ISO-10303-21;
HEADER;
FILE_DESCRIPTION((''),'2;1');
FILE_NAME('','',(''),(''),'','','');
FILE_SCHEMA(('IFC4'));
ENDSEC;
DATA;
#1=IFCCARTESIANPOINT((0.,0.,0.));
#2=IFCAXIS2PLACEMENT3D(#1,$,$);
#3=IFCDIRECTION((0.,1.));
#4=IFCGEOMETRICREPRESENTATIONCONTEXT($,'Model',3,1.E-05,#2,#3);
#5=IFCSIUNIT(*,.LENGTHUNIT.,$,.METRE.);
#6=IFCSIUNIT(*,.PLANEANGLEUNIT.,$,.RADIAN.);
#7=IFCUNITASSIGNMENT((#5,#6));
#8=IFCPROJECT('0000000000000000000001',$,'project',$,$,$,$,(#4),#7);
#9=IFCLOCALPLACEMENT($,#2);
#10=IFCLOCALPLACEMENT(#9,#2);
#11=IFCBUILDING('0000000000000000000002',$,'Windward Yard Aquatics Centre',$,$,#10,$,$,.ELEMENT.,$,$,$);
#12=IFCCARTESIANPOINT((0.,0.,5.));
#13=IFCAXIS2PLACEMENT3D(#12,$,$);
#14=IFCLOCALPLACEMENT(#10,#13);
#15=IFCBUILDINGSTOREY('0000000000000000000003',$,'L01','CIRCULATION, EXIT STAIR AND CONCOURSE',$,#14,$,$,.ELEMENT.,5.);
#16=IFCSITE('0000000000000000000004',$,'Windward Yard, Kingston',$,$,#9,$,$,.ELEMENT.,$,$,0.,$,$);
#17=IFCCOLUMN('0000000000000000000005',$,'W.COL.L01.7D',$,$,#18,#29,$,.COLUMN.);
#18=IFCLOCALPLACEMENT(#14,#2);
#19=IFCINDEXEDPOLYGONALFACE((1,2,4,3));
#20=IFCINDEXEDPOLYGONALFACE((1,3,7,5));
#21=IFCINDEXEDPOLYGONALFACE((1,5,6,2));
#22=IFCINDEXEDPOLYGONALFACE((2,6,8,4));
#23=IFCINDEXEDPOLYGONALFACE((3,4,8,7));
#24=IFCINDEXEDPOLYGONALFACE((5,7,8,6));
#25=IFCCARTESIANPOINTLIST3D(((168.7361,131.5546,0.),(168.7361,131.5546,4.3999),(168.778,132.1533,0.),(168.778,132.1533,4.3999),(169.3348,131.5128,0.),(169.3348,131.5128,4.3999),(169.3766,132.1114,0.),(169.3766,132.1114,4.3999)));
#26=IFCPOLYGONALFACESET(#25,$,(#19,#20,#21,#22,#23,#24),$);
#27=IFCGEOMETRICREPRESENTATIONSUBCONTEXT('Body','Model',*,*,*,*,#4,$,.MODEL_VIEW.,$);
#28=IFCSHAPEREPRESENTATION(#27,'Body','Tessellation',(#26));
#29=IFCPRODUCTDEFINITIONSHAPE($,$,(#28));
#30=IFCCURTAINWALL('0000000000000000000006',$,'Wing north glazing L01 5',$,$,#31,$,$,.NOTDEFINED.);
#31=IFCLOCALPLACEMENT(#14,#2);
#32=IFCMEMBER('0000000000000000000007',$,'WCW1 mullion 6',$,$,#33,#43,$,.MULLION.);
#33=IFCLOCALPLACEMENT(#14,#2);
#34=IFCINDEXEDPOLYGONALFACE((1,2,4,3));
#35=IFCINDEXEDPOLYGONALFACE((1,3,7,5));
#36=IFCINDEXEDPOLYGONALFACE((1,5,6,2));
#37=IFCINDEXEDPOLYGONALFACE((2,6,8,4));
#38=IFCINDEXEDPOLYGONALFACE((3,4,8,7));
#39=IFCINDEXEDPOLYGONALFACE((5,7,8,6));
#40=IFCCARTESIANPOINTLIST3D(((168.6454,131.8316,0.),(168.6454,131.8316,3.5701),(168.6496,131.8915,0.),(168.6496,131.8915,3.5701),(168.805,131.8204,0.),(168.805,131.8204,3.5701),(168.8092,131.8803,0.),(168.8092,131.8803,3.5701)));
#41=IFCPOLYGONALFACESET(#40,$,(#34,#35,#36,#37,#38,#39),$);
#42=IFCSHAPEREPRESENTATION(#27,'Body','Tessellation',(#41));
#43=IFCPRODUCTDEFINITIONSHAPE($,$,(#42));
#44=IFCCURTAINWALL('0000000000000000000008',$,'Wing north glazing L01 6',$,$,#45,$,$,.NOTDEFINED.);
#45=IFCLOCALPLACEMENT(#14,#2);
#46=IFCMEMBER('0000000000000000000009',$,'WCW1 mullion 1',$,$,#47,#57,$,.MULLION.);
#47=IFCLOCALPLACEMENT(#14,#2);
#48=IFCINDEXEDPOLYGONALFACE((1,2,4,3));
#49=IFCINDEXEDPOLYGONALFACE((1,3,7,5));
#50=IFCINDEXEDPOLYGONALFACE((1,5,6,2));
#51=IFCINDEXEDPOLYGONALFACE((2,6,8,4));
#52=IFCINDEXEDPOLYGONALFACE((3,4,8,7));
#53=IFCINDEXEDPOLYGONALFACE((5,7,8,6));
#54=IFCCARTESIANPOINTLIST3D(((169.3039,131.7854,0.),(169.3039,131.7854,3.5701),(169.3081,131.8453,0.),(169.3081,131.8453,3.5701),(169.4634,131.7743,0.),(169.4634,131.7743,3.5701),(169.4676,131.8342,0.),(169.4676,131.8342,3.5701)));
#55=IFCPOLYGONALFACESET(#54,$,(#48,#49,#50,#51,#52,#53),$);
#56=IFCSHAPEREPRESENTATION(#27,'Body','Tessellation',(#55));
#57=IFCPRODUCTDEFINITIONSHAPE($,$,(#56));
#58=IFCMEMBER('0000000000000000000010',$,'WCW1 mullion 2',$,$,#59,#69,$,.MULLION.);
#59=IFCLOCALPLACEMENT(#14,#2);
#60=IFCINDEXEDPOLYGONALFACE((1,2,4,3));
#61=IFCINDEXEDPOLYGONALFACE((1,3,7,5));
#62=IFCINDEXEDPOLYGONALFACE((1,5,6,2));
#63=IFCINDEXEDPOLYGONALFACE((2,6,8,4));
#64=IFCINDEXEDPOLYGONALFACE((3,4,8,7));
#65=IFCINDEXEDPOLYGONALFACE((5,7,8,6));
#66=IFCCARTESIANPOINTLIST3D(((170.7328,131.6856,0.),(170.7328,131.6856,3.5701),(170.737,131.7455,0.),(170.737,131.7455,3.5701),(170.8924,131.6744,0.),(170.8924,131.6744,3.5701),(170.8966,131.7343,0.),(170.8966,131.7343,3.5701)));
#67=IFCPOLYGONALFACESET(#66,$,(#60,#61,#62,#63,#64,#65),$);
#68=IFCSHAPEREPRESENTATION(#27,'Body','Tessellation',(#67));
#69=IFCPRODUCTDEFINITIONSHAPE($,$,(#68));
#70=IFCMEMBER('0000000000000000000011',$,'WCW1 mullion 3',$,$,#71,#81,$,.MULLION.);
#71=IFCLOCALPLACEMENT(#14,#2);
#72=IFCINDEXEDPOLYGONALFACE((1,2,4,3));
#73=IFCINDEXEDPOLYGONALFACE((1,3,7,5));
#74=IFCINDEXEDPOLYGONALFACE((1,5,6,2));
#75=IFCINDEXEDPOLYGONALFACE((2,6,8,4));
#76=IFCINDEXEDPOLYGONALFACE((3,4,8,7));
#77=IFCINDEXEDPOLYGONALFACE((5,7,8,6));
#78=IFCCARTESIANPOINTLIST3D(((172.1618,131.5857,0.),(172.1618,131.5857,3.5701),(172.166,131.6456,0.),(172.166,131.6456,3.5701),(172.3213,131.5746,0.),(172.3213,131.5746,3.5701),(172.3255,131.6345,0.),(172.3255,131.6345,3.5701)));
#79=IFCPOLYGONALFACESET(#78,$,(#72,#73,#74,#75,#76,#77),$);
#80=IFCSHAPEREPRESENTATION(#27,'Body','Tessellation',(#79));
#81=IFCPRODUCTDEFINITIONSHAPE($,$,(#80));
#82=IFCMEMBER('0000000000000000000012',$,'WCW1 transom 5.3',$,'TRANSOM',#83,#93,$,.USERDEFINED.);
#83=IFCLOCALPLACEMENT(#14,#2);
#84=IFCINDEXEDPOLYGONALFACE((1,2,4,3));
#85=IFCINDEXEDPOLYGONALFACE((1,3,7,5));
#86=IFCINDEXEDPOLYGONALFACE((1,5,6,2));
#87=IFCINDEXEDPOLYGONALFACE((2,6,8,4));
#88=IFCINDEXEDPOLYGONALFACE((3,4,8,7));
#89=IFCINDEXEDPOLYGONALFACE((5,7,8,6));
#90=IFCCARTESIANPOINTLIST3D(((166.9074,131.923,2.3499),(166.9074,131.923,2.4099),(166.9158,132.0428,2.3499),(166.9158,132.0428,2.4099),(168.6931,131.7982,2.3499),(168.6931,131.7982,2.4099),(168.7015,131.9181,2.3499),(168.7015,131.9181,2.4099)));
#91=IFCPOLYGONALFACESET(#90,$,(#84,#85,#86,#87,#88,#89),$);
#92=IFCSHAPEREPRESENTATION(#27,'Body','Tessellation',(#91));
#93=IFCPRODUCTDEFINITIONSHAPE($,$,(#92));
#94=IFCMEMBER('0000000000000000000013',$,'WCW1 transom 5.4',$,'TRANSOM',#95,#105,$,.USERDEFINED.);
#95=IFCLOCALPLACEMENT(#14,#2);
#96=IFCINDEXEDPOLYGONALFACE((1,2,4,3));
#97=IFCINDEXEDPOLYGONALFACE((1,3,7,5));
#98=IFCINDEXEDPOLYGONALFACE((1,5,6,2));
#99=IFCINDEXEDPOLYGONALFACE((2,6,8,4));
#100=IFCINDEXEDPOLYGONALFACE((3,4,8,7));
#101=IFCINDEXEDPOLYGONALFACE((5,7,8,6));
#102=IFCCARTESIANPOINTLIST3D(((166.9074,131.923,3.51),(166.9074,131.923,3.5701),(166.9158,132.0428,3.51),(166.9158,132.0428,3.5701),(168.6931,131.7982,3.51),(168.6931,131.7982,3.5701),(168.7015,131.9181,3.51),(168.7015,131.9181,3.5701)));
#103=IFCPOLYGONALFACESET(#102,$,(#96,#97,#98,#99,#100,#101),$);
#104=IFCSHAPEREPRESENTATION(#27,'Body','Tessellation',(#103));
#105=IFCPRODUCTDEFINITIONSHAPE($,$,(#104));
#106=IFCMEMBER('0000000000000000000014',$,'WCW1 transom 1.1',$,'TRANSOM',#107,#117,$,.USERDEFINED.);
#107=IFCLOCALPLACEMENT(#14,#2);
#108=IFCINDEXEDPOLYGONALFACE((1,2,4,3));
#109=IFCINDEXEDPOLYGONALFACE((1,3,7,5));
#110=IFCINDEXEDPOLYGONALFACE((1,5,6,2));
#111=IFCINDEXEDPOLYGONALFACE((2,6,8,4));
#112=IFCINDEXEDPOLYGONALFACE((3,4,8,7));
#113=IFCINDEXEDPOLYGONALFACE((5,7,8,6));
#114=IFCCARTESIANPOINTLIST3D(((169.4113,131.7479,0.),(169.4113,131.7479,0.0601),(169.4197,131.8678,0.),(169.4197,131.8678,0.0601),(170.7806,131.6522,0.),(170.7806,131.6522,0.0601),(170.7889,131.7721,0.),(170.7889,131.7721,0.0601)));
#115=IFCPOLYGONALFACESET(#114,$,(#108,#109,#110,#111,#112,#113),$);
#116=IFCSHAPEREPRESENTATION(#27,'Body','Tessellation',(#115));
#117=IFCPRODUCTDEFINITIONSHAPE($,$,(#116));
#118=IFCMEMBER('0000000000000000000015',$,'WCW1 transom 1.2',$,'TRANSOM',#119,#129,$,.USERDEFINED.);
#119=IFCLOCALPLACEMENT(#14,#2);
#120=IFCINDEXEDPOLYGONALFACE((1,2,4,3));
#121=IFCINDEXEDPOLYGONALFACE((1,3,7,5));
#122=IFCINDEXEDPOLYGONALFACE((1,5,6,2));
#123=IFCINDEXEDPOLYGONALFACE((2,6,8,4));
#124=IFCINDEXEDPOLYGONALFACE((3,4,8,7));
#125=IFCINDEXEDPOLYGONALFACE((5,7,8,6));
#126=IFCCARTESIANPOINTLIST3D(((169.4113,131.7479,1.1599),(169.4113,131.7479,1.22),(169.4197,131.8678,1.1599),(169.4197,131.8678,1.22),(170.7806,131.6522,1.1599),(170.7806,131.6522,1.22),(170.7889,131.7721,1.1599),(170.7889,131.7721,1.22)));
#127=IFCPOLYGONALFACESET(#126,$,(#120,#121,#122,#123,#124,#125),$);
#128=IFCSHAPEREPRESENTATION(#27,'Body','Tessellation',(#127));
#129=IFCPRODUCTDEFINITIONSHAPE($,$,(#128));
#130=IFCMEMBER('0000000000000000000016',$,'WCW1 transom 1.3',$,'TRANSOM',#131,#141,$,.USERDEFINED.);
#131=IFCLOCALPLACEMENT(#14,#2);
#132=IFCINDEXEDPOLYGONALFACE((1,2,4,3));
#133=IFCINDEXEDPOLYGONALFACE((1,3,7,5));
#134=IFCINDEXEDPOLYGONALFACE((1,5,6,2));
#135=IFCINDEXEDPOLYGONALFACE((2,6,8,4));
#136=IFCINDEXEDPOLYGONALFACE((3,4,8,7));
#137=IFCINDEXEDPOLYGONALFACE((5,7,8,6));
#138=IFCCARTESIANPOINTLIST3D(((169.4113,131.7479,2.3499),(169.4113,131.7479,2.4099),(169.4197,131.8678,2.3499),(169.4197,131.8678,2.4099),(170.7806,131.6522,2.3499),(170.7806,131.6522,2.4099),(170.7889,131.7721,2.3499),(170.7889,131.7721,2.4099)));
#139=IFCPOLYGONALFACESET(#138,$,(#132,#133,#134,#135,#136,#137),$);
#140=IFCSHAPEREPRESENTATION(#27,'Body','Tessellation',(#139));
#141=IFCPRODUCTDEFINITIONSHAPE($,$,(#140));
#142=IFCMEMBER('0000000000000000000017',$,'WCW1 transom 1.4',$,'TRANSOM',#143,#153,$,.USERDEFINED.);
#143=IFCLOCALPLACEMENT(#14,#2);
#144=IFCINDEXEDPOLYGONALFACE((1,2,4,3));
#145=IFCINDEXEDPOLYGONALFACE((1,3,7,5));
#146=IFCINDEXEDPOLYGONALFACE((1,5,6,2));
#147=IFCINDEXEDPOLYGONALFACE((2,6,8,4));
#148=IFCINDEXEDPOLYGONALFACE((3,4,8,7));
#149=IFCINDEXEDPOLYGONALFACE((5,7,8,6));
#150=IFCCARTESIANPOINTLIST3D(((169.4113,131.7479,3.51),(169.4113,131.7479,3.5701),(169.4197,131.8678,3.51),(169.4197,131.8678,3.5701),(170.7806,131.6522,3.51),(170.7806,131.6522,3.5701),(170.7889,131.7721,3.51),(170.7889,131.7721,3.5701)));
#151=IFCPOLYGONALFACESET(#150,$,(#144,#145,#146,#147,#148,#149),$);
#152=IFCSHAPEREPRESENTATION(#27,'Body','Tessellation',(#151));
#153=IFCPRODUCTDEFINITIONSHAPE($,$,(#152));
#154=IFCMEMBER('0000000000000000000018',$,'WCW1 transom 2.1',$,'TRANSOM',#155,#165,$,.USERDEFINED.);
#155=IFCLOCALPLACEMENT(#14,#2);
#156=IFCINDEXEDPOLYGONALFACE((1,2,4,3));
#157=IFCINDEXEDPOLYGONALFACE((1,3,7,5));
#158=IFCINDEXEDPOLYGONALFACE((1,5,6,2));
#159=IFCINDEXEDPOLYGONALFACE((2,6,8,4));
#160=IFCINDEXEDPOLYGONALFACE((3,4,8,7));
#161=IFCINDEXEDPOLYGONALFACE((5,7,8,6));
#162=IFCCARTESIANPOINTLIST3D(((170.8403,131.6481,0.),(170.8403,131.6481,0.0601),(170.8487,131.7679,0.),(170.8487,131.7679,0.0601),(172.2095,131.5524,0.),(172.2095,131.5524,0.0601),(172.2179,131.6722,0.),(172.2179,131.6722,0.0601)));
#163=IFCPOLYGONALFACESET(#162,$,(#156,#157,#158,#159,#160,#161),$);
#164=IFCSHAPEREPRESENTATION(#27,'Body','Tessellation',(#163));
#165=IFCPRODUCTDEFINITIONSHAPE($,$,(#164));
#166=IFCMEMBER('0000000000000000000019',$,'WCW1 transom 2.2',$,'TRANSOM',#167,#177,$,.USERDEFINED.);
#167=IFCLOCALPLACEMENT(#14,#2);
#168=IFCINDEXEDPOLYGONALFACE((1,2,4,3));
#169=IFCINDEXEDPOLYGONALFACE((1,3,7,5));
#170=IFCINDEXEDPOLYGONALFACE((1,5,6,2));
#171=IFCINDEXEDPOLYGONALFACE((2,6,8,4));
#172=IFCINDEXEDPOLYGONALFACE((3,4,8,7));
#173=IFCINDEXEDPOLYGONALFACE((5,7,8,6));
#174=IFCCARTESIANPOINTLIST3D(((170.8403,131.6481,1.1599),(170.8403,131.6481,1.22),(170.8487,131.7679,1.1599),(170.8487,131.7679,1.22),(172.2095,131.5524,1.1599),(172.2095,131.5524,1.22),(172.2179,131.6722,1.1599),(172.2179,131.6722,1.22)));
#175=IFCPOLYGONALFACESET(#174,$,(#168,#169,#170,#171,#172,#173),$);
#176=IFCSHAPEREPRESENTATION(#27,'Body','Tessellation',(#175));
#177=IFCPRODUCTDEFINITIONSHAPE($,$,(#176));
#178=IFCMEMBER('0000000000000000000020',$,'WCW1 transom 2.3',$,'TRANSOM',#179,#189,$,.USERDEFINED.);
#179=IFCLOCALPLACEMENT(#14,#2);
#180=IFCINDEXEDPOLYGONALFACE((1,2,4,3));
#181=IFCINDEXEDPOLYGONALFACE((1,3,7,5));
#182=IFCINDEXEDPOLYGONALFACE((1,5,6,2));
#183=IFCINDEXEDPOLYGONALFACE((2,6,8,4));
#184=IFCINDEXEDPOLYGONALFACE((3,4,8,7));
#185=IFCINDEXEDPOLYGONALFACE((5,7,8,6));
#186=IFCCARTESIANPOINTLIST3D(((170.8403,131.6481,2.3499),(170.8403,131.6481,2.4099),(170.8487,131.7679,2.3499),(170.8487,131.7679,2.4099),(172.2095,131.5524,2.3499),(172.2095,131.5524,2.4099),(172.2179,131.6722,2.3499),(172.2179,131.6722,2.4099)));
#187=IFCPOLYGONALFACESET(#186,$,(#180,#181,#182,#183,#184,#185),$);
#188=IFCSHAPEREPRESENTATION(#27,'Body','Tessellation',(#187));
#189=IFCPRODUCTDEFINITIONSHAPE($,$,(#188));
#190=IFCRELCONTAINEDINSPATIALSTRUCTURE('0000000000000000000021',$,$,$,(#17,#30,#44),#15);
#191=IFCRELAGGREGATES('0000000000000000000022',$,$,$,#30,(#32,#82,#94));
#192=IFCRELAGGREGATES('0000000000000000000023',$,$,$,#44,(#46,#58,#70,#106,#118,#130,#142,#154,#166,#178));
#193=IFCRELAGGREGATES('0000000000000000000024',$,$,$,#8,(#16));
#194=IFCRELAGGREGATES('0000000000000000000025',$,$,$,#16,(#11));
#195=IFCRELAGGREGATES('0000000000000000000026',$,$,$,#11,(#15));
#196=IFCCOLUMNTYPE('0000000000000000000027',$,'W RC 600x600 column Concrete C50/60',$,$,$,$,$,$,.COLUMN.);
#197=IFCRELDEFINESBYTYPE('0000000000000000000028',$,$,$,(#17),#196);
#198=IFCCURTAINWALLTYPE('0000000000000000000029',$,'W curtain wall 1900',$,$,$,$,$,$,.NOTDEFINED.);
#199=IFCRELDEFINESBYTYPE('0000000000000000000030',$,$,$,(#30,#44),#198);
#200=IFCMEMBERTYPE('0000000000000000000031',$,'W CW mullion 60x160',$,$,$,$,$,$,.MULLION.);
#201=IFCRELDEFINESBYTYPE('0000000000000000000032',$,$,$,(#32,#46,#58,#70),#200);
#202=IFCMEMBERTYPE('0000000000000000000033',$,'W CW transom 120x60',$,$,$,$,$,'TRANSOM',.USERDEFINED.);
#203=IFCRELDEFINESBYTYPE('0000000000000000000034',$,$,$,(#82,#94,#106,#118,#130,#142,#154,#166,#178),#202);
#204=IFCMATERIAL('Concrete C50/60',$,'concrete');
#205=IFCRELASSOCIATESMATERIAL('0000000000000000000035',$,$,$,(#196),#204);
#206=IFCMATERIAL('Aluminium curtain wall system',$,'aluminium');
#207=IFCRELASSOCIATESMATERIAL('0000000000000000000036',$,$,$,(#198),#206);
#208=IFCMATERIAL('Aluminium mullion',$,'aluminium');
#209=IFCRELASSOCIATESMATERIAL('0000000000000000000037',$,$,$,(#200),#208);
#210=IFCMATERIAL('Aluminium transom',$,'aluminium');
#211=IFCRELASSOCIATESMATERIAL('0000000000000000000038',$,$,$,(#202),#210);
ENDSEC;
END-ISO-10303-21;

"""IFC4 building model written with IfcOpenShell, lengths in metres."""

from ifc_helpers import new_model, si_unit, direction, frame, origin, origin_2d, place, context, subcontext, project, spatial, rectangle, extrude, material, material_profile, profile_set, type_object, element, aggregate, save


model = new_model("IFC4")

# Units and contexts
model_context = context("Model", 3, precision=1e-05, world=origin(), true_north=direction((0.0, 1.0)))
body_context = subcontext(model_context, "Body", "Model", "MODEL_VIEW")
ifc_project = project(units=[si_unit("LENGTHUNIT", "METRE"), si_unit("PLANEANGLEUNIT", "RADIAN")], contexts=[model_context])

# Site, building, storey
site_placement = place(None, origin())
site = spatial("IfcSite", under=ifc_project, at=site_placement, Name="Windward Yard, Kingston", CompositionType="ELEMENT", RefElevation=0.0)
building_placement = place(site_placement, origin())
building = spatial("IfcBuilding", under=site, at=building_placement, Name="Windward Yard Aquatics Centre", CompositionType="ELEMENT")
storey_placement = place(building_placement, frame((0.0, 0.0, 5.0)))
storey = spatial("IfcBuildingStorey", under=building, at=storey_placement, Name="L01", Description="CIRCULATION, EXIT STAIR AND CONCOURSE", CompositionType="ELEMENT", Elevation=5.0)

# Column
ifc_material_1 = material(Name="Concrete C50/60", Category="concrete")
ifc_material_profile_1 = material_profile(ifc_material_1, rectangle(XDim=0.6001, YDim=0.6001, at=origin_2d()), Name="RC 600x600")
ifc_profile_set_1 = profile_set([ifc_material_profile_1], Name="Concrete C50/60")
column_type = type_object("IfcColumnType", Name="W RC 600x600 column Concrete C50/60", PredefinedType="COLUMN", material=ifc_profile_set_1)
column_placement = place(storey_placement, frame((169.0564, 131.833, 0.0), z_axis=(0.0, 0.0, 1.0), x_axis=(0.997564, -0.069756, 0.0)))
element("IfcColumn", 1, at=column_placement, inside=storey, type_object=column_type, Name="W.COL.L01.7D", PredefinedType="COLUMN", context=body_context, shape_type="SweptSolid", body=[
    extrude(rectangle(XDim=0.6001, YDim=0.6001, at=origin_2d()), origin(), (0.0, 0.0, 1.0), 4.3999),
])

# Curtain wall, member
ifc_material_2 = material(Name="Aluminium curtain wall system", Category="aluminium")
curtain_wall_type = type_object("IfcCurtainWallType", Name="W curtain wall 1900", PredefinedType="NOTDEFINED", material=ifc_material_2)
curtain_wall_1_placement = place(storey_placement, origin())
curtain_wall_1 = element("IfcCurtainWall", 2, at=curtain_wall_1_placement, inside=storey, type_object=curtain_wall_type, Name="Wing north glazing L01 5", PredefinedType="NOTDEFINED")
ifc_material_3 = material(Name="Aluminium mullion", Category="aluminium")
ifc_material_profile_2 = material_profile(ifc_material_3, rectangle(XDim=0.0601, YDim=0.1599, at=origin_2d()), Name="AL 60x160")
ifc_profile_set_2 = profile_set([ifc_material_profile_2], Name="Aluminium mullion")
member_type_1 = type_object("IfcMemberType", Name="W CW mullion 60x160", PredefinedType="MULLION", material=ifc_profile_set_2)
member_1_placement = place(storey_placement, frame((168.7273, 131.856, 0.0), z_axis=(0.0, 0.0, 1.0), x_axis=(0.069755, 0.997564, 0.0)))
member_1 = element("IfcMember", 3, at=member_1_placement, type_object=member_type_1, Name="WCW1 mullion 6", PredefinedType="MULLION", context=body_context, shape_type="SweptSolid", body=[
    extrude(rectangle(XDim=0.0601, YDim=0.1599, at=origin_2d()), origin(), (0.0, 0.0, 1.0), 3.5701),
])

# Curtain wall, members
curtain_wall_2_placement = place(storey_placement, origin())
curtain_wall_2 = element("IfcCurtainWall", 4, at=curtain_wall_2_placement, inside=storey, type_object=curtain_wall_type, Name="Wing north glazing L01 6", PredefinedType="NOTDEFINED")
member_2_placement = place(storey_placement, frame((169.3857, 131.8098, 0.0), z_axis=(0.0, 0.0, 1.0), x_axis=(0.069745, 0.997565, 0.0)))
member_2 = element("IfcMember", 5, at=member_2_placement, type_object=member_type_1, Name="WCW1 mullion 1", PredefinedType="MULLION", context=body_context, shape_type="SweptSolid", body=[
    extrude(rectangle(XDim=0.0601, YDim=0.1599, at=origin_2d()), origin(), (0.0, 0.0, 1.0), 3.5701),
])
member_3_placement = place(storey_placement, frame((170.8147, 131.71, 0.0), z_axis=(0.0, 0.0, 1.0), x_axis=(0.069745, 0.997565, 0.0)))
member_3 = element("IfcMember", 6, at=member_3_placement, type_object=member_type_1, Name="WCW1 mullion 2", PredefinedType="MULLION", context=body_context, shape_type="SweptSolid", body=[
    extrude(rectangle(XDim=0.0601, YDim=0.1599, at=origin_2d()), origin(), (0.0, 0.0, 1.0), 3.5701),
])
member_4_placement = place(storey_placement, frame((172.2437, 131.6101, 0.0), z_axis=(0.0, 0.0, 1.0), x_axis=(0.069745, 0.997565, 0.0)))
member_4 = element("IfcMember", 7, at=member_4_placement, type_object=member_type_1, Name="WCW1 mullion 3", PredefinedType="MULLION", context=body_context, shape_type="SweptSolid", body=[
    extrude(rectangle(XDim=0.0601, YDim=0.1599, at=origin_2d()), origin(), (0.0, 0.0, 1.0), 3.5701),
])

# Members
ifc_material_4 = material(Name="Aluminium transom", Category="aluminium")
ifc_material_profile_3 = material_profile(ifc_material_4, rectangle(XDim=0.1201, YDim=0.0601, at=origin_2d()), Name="AL 120x60")
ifc_profile_set_3 = profile_set([ifc_material_profile_3], Name="Aluminium transom")
member_type_2 = type_object("IfcMemberType", Name="W CW transom 120x60", ElementType="TRANSOM", PredefinedType="USERDEFINED", material=ifc_profile_set_3)
member_5_placement = place(storey_placement, frame((166.9116, 131.9829, 2.3799), z_axis=(0.997568, -0.069696, 0.0), x_axis=(0.069696, 0.997568, 0.0)))
member_5 = element("IfcMember", 8, at=member_5_placement, type_object=member_type_2, Name="WCW1 transom 5.3", ObjectType="TRANSOM", PredefinedType="USERDEFINED", context=body_context, shape_type="SweptSolid", body=[
    extrude(rectangle(XDim=0.1201, YDim=0.0601, at=origin_2d()), origin(), (0.0, 0.0, 1.0), 1.79),
])
member_6_placement = place(storey_placement, frame((166.9116, 131.9829, 3.54), z_axis=(0.997568, -0.069696, 0.0), x_axis=(0.069696, 0.997568, 0.0)))
member_6 = element("IfcMember", 9, at=member_6_placement, type_object=member_type_2, Name="WCW1 transom 5.4", ObjectType="TRANSOM", PredefinedType="USERDEFINED", context=body_context, shape_type="SweptSolid", body=[
    extrude(rectangle(XDim=0.1201, YDim=0.0601, at=origin_2d()), origin(), (0.0, 0.0, 1.0), 1.79),
])
member_7_placement = place(storey_placement, frame((169.4155, 131.8079, 0.03), z_axis=(0.997566, -0.06973, 0.0), x_axis=(0.06973, 0.997566, 0.0)))
member_7 = element("IfcMember", 10, at=member_7_placement, type_object=member_type_2, Name="WCW1 transom 1.1", ObjectType="TRANSOM", PredefinedType="USERDEFINED", context=body_context, shape_type="SweptSolid", body=[
    extrude(rectangle(XDim=0.1201, YDim=0.0601, at=origin_2d()), origin(), (0.0, 0.0, 1.0), 1.3726),
])
member_8_placement = place(storey_placement, frame((169.4155, 131.8079, 1.1899), z_axis=(0.997566, -0.06973, 0.0), x_axis=(0.06973, 0.997566, 0.0)))
member_8 = element("IfcMember", 11, at=member_8_placement, type_object=member_type_2, Name="WCW1 transom 1.2", ObjectType="TRANSOM", PredefinedType="USERDEFINED", context=body_context, shape_type="SweptSolid", body=[
    extrude(rectangle(XDim=0.1201, YDim=0.0601, at=origin_2d()), origin(), (0.0, 0.0, 1.0), 1.3726),
])
member_9_placement = place(storey_placement, frame((169.4155, 131.8079, 2.3799), z_axis=(0.997566, -0.06973, 0.0), x_axis=(0.06973, 0.997566, 0.0)))
member_9 = element("IfcMember", 12, at=member_9_placement, type_object=member_type_2, Name="WCW1 transom 1.3", ObjectType="TRANSOM", PredefinedType="USERDEFINED", context=body_context, shape_type="SweptSolid", body=[
    extrude(rectangle(XDim=0.1201, YDim=0.0601, at=origin_2d()), origin(), (0.0, 0.0, 1.0), 1.3726),
])
member_10_placement = place(storey_placement, frame((169.4155, 131.8079, 3.54), z_axis=(0.997566, -0.06973, 0.0), x_axis=(0.06973, 0.997566, 0.0)))
member_10 = element("IfcMember", 13, at=member_10_placement, type_object=member_type_2, Name="WCW1 transom 1.4", ObjectType="TRANSOM", PredefinedType="USERDEFINED", context=body_context, shape_type="SweptSolid", body=[
    extrude(rectangle(XDim=0.1201, YDim=0.0601, at=origin_2d()), origin(), (0.0, 0.0, 1.0), 1.3726),
])
member_11_placement = place(storey_placement, frame((170.8445, 131.708, 0.03), z_axis=(0.997566, -0.06973, 0.0), x_axis=(0.06973, 0.997566, 0.0)))
member_11 = element("IfcMember", 14, at=member_11_placement, type_object=member_type_2, Name="WCW1 transom 2.1", ObjectType="TRANSOM", PredefinedType="USERDEFINED", context=body_context, shape_type="SweptSolid", body=[
    extrude(rectangle(XDim=0.1201, YDim=0.0601, at=origin_2d()), origin(), (0.0, 0.0, 1.0), 1.3726),
])
member_12_placement = place(storey_placement, frame((170.8445, 131.708, 1.1899), z_axis=(0.997566, -0.06973, 0.0), x_axis=(0.06973, 0.997566, 0.0)))
member_12 = element("IfcMember", 15, at=member_12_placement, type_object=member_type_2, Name="WCW1 transom 2.2", ObjectType="TRANSOM", PredefinedType="USERDEFINED", context=body_context, shape_type="SweptSolid", body=[
    extrude(rectangle(XDim=0.1201, YDim=0.0601, at=origin_2d()), origin(), (0.0, 0.0, 1.0), 1.3726),
])
member_13_placement = place(storey_placement, frame((170.8445, 131.708, 2.3799), z_axis=(0.997566, -0.06973, 0.0), x_axis=(0.06973, 0.997566, 0.0)))
member_13 = element("IfcMember", 16, at=member_13_placement, type_object=member_type_2, Name="WCW1 transom 2.3", ObjectType="TRANSOM", PredefinedType="USERDEFINED", context=body_context, shape_type="SweptSolid", body=[
    extrude(rectangle(XDim=0.1201, YDim=0.0601, at=origin_2d()), origin(), (0.0, 0.0, 1.0), 1.3726),
])

aggregate(curtain_wall_1, [member_1, member_5, member_6])
aggregate(curtain_wall_2, [member_2, member_3, member_4, member_7, member_8, member_9, member_10, member_11, member_12, member_13])

save(model, "model.ifc")
